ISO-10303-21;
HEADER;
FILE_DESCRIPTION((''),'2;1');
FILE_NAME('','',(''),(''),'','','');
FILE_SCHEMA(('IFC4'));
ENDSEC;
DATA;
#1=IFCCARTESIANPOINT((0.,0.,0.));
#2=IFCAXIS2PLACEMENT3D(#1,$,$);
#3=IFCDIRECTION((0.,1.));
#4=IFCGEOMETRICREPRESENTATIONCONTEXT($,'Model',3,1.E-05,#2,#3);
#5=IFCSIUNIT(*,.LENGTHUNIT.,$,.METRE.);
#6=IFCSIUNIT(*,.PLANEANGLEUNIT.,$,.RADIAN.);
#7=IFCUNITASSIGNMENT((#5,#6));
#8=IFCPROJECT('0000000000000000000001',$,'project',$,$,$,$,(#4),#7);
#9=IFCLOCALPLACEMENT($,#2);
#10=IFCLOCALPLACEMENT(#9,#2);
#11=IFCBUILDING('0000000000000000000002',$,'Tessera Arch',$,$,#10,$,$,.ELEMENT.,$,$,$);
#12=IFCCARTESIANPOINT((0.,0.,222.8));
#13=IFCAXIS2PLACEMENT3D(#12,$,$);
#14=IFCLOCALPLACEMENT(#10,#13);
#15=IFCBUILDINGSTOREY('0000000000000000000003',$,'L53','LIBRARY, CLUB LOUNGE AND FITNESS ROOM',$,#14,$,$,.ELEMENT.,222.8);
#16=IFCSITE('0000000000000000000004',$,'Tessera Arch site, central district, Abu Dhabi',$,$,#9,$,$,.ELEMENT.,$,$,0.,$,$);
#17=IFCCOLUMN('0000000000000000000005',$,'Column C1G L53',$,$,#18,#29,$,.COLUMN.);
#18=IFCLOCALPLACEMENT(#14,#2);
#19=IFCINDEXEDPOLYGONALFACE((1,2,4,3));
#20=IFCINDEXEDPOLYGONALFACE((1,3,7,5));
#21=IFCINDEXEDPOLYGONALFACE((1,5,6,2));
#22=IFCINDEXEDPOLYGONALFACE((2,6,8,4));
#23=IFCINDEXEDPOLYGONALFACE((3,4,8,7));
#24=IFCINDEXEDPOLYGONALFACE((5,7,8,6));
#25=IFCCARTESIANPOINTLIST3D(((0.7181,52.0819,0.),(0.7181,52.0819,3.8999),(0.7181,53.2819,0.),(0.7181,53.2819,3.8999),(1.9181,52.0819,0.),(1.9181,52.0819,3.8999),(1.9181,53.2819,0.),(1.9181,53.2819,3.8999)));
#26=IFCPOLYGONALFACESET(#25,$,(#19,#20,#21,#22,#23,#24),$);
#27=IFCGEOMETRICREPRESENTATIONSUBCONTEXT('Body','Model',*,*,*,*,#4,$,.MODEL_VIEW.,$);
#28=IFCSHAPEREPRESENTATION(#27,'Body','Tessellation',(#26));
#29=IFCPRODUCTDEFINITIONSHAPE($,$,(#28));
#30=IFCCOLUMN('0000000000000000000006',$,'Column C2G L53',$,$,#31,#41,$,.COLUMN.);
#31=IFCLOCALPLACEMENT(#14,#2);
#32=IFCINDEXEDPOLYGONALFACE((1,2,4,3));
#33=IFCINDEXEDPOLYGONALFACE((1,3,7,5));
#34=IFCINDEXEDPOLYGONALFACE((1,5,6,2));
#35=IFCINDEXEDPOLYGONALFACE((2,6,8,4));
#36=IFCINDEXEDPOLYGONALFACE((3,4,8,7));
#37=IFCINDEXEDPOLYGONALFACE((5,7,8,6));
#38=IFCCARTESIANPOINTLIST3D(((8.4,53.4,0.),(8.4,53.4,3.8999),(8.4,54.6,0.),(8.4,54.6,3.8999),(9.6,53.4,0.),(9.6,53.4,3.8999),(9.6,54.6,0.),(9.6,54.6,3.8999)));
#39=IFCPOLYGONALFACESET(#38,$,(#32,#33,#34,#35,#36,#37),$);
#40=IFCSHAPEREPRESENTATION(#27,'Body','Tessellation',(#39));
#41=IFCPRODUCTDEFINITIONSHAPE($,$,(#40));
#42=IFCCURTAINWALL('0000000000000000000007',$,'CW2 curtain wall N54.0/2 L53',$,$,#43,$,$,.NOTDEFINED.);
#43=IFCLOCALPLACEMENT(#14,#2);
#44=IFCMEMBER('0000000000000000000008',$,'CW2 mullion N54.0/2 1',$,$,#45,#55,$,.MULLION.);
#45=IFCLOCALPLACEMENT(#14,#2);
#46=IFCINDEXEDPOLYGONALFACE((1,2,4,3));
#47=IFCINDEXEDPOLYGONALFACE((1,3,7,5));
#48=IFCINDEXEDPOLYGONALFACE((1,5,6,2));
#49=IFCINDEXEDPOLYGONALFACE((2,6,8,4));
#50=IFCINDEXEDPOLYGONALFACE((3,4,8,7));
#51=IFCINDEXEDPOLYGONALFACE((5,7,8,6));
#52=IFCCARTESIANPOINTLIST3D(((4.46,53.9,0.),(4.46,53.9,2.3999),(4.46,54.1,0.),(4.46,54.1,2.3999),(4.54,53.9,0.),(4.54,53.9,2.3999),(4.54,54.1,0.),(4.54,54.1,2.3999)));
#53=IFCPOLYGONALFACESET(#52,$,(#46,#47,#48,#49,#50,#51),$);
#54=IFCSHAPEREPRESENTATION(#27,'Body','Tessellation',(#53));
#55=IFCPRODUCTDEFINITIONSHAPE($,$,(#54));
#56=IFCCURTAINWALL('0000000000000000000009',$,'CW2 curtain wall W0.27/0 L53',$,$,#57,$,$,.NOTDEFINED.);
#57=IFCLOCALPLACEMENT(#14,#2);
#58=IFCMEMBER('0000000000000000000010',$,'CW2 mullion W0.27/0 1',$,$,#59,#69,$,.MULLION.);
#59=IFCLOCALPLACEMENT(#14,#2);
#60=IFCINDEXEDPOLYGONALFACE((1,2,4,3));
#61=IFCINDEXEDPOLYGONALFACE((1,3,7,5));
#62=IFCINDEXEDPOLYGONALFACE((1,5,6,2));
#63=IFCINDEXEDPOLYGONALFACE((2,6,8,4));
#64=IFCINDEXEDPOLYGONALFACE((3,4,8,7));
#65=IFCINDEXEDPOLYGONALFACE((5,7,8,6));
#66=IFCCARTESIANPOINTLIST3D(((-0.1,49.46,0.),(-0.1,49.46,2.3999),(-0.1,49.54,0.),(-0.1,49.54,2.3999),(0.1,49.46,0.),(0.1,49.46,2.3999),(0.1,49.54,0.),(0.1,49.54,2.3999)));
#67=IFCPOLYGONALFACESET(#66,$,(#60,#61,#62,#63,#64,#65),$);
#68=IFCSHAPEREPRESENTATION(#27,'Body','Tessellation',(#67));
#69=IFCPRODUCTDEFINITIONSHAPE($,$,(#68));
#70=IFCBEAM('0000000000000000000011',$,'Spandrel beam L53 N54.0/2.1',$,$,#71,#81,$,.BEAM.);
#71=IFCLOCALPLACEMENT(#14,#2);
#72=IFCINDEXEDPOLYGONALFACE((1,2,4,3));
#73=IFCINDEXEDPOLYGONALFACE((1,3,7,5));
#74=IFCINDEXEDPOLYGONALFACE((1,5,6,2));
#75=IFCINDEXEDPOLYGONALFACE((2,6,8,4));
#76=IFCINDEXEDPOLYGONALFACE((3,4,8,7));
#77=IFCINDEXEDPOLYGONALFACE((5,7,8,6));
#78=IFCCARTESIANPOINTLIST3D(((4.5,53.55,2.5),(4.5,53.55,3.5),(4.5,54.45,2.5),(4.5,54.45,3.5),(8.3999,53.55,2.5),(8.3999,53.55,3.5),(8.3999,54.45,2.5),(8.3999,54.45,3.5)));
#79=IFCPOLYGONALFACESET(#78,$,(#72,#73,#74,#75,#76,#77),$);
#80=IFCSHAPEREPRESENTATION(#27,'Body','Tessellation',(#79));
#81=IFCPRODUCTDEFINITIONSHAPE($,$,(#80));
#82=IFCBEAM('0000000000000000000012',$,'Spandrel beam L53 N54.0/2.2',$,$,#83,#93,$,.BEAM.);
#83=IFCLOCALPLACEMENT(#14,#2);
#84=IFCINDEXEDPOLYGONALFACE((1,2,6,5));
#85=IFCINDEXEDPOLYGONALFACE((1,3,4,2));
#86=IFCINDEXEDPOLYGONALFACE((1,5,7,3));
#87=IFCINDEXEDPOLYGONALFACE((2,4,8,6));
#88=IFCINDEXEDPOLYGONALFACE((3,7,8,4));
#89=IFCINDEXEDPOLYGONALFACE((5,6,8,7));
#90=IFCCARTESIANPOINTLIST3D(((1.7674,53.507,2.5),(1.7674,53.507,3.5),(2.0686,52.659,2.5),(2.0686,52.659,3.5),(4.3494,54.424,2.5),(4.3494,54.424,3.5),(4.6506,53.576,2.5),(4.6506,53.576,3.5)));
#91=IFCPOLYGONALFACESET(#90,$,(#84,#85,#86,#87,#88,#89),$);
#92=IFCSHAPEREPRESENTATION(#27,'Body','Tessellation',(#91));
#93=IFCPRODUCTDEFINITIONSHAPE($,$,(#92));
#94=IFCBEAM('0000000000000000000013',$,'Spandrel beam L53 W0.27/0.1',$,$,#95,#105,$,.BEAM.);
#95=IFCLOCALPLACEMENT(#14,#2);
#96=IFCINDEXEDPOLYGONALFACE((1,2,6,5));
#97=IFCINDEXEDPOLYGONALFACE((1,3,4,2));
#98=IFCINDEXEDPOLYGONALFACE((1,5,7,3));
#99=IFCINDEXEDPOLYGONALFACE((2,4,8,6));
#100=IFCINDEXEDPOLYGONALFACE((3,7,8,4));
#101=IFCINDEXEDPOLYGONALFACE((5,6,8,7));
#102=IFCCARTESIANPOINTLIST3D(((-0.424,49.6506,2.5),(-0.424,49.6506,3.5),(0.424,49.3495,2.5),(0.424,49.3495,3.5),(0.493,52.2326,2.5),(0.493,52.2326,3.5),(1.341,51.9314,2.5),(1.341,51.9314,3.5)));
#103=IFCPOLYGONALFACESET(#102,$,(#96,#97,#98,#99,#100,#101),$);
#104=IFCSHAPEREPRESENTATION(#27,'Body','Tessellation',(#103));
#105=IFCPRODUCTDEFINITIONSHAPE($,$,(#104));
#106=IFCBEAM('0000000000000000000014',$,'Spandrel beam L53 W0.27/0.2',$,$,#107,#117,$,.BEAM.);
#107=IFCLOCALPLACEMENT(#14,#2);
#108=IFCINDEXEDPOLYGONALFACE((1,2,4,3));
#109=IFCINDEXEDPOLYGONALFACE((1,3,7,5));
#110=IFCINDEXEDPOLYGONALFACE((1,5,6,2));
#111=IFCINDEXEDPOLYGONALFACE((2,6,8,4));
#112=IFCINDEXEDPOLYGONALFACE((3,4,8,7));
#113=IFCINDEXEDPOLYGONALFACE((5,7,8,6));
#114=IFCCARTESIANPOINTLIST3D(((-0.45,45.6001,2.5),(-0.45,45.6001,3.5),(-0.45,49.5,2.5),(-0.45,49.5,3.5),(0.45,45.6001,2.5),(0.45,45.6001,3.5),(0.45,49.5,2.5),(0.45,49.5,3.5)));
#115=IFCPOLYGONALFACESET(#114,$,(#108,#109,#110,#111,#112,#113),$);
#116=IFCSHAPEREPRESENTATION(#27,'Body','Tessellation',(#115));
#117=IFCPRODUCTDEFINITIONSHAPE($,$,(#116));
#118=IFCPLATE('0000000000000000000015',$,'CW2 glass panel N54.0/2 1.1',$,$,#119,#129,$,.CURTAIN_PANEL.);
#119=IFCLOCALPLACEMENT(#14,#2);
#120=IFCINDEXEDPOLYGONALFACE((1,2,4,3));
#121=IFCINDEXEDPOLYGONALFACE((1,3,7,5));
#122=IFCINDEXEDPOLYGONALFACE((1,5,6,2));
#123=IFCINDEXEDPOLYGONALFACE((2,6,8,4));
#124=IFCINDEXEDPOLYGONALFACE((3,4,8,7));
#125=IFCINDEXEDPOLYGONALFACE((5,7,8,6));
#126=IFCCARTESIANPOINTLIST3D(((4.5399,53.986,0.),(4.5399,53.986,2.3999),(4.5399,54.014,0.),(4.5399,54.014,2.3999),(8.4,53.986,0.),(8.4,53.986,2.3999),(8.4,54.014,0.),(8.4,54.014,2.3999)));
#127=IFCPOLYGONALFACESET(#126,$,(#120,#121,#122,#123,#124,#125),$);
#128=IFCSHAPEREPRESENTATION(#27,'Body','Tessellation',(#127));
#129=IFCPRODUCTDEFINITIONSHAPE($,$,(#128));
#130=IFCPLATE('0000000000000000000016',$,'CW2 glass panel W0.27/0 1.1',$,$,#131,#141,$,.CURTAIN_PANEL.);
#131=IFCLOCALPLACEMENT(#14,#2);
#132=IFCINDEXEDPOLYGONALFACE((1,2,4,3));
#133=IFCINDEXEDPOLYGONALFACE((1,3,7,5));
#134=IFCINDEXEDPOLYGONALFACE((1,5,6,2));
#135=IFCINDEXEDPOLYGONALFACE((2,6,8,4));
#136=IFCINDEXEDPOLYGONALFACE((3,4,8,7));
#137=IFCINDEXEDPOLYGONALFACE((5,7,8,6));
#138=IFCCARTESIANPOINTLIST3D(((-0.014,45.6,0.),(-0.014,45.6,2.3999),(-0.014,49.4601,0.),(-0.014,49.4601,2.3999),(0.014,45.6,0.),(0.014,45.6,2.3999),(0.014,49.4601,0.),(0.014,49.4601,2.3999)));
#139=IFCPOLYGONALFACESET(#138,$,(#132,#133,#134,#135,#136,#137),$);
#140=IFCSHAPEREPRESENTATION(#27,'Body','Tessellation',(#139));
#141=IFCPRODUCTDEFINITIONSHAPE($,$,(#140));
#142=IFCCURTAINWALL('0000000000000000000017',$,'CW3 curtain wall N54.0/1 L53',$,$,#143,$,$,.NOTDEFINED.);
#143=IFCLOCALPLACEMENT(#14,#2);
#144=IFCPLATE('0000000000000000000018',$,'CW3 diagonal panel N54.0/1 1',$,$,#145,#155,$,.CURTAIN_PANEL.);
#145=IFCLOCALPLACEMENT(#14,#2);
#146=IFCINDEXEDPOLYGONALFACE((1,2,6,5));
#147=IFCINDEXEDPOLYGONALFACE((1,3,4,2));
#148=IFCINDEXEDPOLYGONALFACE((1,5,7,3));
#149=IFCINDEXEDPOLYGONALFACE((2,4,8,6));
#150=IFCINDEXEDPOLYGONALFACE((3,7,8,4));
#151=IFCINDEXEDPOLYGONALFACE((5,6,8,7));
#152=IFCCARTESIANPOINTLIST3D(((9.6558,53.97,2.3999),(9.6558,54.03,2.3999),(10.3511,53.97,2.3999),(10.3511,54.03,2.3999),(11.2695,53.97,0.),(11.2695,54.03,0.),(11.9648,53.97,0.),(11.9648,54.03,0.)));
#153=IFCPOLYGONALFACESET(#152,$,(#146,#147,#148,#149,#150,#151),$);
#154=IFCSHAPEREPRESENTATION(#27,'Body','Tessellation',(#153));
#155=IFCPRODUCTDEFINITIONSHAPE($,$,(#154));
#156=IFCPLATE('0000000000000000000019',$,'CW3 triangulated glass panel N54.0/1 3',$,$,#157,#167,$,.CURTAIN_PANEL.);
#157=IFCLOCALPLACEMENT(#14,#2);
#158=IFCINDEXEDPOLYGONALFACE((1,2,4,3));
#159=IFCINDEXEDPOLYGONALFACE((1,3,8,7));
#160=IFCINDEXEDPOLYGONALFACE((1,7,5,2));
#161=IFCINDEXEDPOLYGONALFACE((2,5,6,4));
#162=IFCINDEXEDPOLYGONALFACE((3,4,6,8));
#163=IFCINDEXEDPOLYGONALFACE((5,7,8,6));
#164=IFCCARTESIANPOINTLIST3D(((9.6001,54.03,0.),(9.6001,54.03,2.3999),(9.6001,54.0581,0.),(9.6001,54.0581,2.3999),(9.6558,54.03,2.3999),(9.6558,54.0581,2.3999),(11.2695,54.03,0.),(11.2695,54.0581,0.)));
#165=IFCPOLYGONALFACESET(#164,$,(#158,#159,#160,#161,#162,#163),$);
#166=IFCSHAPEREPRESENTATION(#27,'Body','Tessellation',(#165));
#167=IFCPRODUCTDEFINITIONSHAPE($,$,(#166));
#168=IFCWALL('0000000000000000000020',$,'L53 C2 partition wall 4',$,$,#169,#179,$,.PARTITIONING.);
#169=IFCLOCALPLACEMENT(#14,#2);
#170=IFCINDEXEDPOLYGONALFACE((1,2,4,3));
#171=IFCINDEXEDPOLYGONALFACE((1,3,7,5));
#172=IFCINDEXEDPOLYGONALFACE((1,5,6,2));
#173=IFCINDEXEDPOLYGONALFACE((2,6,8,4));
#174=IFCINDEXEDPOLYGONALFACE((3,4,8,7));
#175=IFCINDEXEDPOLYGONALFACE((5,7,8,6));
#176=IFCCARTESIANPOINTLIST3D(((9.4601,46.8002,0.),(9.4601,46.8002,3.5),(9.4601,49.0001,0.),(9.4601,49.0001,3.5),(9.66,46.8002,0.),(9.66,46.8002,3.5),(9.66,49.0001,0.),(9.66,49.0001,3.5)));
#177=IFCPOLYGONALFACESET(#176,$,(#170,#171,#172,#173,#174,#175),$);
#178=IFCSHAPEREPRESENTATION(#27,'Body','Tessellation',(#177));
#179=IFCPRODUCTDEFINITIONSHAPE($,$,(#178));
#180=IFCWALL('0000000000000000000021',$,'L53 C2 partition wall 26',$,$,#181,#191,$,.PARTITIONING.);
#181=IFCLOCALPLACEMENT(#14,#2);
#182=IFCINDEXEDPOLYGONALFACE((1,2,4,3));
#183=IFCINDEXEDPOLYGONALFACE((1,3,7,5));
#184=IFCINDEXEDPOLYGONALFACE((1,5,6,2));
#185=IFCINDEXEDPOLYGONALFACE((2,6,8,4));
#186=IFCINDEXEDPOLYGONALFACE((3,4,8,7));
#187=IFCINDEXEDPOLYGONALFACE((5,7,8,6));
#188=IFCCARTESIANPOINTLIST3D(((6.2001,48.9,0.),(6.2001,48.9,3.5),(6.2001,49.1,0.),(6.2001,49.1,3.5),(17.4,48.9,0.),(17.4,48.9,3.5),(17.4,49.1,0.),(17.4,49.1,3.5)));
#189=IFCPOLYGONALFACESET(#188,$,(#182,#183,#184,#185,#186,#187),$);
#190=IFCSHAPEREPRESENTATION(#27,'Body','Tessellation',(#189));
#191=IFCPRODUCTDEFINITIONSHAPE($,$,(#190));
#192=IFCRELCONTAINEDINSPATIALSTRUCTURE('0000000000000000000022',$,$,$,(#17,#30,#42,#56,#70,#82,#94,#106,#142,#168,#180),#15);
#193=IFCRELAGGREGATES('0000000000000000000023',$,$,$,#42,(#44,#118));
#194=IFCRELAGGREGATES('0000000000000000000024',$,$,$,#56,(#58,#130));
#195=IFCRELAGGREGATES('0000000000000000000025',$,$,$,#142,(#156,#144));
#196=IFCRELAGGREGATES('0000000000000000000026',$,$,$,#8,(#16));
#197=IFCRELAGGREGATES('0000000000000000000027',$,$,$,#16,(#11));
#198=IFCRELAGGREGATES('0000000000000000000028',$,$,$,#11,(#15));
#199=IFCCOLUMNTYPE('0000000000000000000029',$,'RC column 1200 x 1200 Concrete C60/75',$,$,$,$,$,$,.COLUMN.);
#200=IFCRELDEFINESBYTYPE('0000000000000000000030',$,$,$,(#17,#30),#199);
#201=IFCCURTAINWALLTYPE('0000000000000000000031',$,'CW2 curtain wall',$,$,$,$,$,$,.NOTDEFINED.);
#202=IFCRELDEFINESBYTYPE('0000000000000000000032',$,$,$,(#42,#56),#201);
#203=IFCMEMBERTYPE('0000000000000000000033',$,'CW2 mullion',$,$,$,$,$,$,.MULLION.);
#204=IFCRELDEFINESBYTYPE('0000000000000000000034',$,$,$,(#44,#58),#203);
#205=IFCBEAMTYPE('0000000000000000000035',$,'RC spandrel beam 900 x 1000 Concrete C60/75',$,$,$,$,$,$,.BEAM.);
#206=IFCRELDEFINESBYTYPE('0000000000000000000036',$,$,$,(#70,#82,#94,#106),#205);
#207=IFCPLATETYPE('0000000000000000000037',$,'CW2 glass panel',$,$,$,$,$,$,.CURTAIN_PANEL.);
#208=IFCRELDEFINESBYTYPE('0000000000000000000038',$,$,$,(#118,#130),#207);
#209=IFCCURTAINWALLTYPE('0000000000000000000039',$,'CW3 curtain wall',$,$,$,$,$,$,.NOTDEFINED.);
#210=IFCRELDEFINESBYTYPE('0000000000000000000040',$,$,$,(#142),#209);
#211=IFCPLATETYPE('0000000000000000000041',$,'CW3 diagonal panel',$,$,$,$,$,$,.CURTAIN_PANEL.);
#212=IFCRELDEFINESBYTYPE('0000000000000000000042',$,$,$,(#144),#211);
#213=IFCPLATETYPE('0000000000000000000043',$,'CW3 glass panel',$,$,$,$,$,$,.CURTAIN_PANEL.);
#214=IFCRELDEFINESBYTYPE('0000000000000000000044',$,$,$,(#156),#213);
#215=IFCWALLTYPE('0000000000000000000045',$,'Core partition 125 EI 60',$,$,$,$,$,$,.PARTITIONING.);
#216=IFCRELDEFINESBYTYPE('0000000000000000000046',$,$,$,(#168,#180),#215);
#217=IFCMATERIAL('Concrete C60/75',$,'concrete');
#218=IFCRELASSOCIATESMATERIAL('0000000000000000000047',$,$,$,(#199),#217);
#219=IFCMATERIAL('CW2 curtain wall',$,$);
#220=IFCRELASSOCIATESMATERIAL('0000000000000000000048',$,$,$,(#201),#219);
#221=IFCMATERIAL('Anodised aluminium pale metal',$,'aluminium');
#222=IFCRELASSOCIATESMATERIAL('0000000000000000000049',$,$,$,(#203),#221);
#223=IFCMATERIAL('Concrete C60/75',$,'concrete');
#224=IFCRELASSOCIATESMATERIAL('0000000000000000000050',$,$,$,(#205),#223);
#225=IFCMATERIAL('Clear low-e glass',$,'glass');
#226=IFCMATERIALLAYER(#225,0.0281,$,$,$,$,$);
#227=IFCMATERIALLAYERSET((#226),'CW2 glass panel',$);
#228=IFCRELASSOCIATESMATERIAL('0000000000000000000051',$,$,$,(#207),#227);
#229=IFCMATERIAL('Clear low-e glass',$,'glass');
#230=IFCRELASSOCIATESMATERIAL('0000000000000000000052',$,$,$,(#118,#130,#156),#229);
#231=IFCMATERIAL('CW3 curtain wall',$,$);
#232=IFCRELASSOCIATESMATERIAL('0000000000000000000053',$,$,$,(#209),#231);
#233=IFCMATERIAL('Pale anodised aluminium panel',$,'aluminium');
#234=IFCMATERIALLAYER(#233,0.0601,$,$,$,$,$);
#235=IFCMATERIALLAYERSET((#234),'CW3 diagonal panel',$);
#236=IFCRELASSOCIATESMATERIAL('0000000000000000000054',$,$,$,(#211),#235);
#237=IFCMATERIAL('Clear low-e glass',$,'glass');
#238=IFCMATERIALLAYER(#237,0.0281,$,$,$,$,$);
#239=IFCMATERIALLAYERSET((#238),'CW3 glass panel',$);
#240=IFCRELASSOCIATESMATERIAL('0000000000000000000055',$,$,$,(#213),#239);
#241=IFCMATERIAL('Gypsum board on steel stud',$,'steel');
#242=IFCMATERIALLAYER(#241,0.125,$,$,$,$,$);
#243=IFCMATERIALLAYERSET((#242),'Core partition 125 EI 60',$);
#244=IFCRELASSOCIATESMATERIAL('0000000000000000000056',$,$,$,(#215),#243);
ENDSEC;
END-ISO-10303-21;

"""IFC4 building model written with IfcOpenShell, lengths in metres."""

from ifc_helpers import new_model, si_unit, direction, frame, frame_2d, origin, origin_2d, place, context, subcontext, project, spatial, polyline, rectangle, outline, extrude, material, layer, layer_set, material_profile, profile_set, type_object, element, aggregate, save


model = new_model("IFC4")

# Units and contexts
model_context = context("Model", 3, precision=1e-05, world=origin(), true_north=direction((0.0, 1.0)))
body_context = subcontext(model_context, "Body", "Model", "MODEL_VIEW")
ifc_project = project(units=[si_unit("LENGTHUNIT", "METRE"), si_unit("PLANEANGLEUNIT", "RADIAN")], contexts=[model_context])

# Site, building, storey
site_placement = place(None, origin())
site = spatial("IfcSite", under=ifc_project, at=site_placement, Name="Tessera Arch site, central district, Abu Dhabi", CompositionType="ELEMENT", RefElevation=0.0)
building_placement = place(site_placement, origin())
building = spatial("IfcBuilding", under=site, at=building_placement, Name="Tessera Arch", CompositionType="ELEMENT")
storey_placement = place(building_placement, frame((0.0, 0.0, 222.8)))
storey = spatial("IfcBuildingStorey", under=building, at=storey_placement, Name="L53", Description="LIBRARY, CLUB LOUNGE AND FITNESS ROOM", CompositionType="ELEMENT", Elevation=222.8)

# Columns
ifc_material_1 = material(Name="Concrete C60/75", Category="concrete")
ifc_material_profile_1 = material_profile(ifc_material_1, rectangle(XDim=1.2, YDim=1.2, at=origin_2d()), Name="RC column 1200 x 1200 Concrete C60/75")
ifc_profile_set_1 = profile_set([ifc_material_profile_1], Name="Concrete C60/75")
column_type = type_object("IfcColumnType", Name="RC column 1200 x 1200 Concrete C60/75", PredefinedType="COLUMN", material=ifc_profile_set_1)
for number, where, z_axis, x_axis, name in (
    (1, (1.3181, 52.6819, 0.0), (0.0, 0.0, 1.0), (1.0, 0.0, 0.0), "Column C1G L53"),
    (2, (9.0, 54.0, 0.0), (0.0, 0.0, 1.0), (1.0, 0.0, 0.0), "Column C2G L53"),
):
    element("IfcColumn", number, at=place(storey_placement, frame(where, z_axis=z_axis, x_axis=x_axis)), inside=storey, type_object=column_type, Name=name, PredefinedType="COLUMN", context=body_context, shape_type="SweptSolid", body=[
        extrude(rectangle(XDim=1.2, YDim=1.2, at=origin_2d()), origin(), (0.0, 0.0, 1.0), 3.8999),
    ])

# Curtain walls, members
ifc_material_2 = material(Name="CW2 curtain wall")
curtain_wall_type_1 = type_object("IfcCurtainWallType", Name="CW2 curtain wall", PredefinedType="NOTDEFINED", material=ifc_material_2)
curtain_wall_1_placement = place(storey_placement, origin())
curtain_wall_1 = element("IfcCurtainWall", 3, at=curtain_wall_1_placement, inside=storey, type_object=curtain_wall_type_1, Name="CW2 curtain wall N54.0/2 L53", PredefinedType="NOTDEFINED")
ifc_material_3 = material(Name="Anodised aluminium pale metal", Category="aluminium")
ifc_material_profile_2 = material_profile(ifc_material_3, rectangle(XDim=0.2, YDim=0.0801, at=origin_2d()), Name="AL 80x200")
ifc_profile_set_2 = profile_set([ifc_material_profile_2], Name="Anodised aluminium pale metal")
member_type = type_object("IfcMemberType", Name="CW2 mullion", PredefinedType="MULLION", material=ifc_profile_set_2)
member_1_placement = place(storey_placement, frame((4.5, 54.0, 0.0), z_axis=(0.0, 0.0, 1.0), x_axis=(0.0, -1.0, 0.0)))
member_1 = element("IfcMember", 4, at=member_1_placement, type_object=member_type, Name="CW2 mullion N54.0/2 1", PredefinedType="MULLION", context=body_context, shape_type="SweptSolid", body=[
    extrude(rectangle(XDim=0.2, YDim=0.0801, at=origin_2d()), origin(), (0.0, 0.0, 1.0), 2.3999),
])
curtain_wall_2_placement = place(storey_placement, origin())
curtain_wall_2 = element("IfcCurtainWall", 5, at=curtain_wall_2_placement, inside=storey, type_object=curtain_wall_type_1, Name="CW2 curtain wall W0.27/0 L53", PredefinedType="NOTDEFINED")
member_2_placement = place(storey_placement, frame((0.0, 49.5, 0.0), z_axis=(0.0, 0.0, 1.0), x_axis=(1.0, 0.0, 0.0)))
member_2 = element("IfcMember", 6, at=member_2_placement, type_object=member_type, Name="CW2 mullion W0.27/0 1", PredefinedType="MULLION", context=body_context, shape_type="SweptSolid", body=[
    extrude(rectangle(XDim=0.2, YDim=0.0801, at=origin_2d()), origin(), (0.0, 0.0, 1.0), 2.3999),
])

# Beams
ifc_material_4 = material(Name="Concrete C60/75", Category="concrete")
ifc_material_profile_3 = material_profile(ifc_material_4, rectangle(XDim=0.8999, YDim=1.0, at=origin_2d()), Name="RC spandrel beam 900 x 1000 Concrete C60/75")
ifc_profile_set_3 = profile_set([ifc_material_profile_3], Name="Concrete C60/75")
beam_type = type_object("IfcBeamType", Name="RC spandrel beam 900 x 1000 Concrete C60/75", PredefinedType="BEAM", material=ifc_profile_set_3)
beam_1_placement = place(storey_placement, frame((8.3999, 54.0, 3.0), z_axis=(-1.0, 0.0, 0.0), x_axis=(0.0, -1.0, 0.0)))
element("IfcBeam", 7, at=beam_1_placement, inside=storey, type_object=beam_type, Name="Spandrel beam L53 N54.0/2.1", PredefinedType="BEAM", context=body_context, shape_type="SweptSolid", body=[
    extrude(rectangle(XDim=0.8999, YDim=1.0, at=origin_2d()), origin(), (0.0, 0.0, 1.0), 3.8999),
])
for number, where, z_axis, x_axis, name in (
    (8, (4.5, 54.0, 3.0), (-0.942337, -0.334665, 0.0), (0.334665, -0.942337, 0.0), "Spandrel beam L53 N54.0/2.2"),
    (9, (0.917, 52.082, 3.0), (-0.334665, -0.942337, 0.0), (0.942337, -0.334665, 0.0), "Spandrel beam L53 W0.27/0.1"),
):
    element("IfcBeam", number, at=place(storey_placement, frame(where, z_axis=z_axis, x_axis=x_axis)), inside=storey, type_object=beam_type, Name=name, PredefinedType="BEAM", context=body_context, shape_type="SweptSolid", body=[
        extrude(rectangle(XDim=0.8999, YDim=1.0, at=origin_2d()), origin(), (0.0, 0.0, 1.0), 2.74),
    ])
beam_2_placement = place(storey_placement, frame((0.0, 49.5, 3.0), z_axis=(0.0, -1.0, 0.0), x_axis=(1.0, 0.0, 0.0)))
element("IfcBeam", 10, at=beam_2_placement, inside=storey, type_object=beam_type, Name="Spandrel beam L53 W0.27/0.2", PredefinedType="BEAM", context=body_context, shape_type="SweptSolid", body=[
    extrude(rectangle(XDim=0.8999, YDim=1.0, at=origin_2d()), origin(), (0.0, 0.0, 1.0), 3.8999),
])

# Plates
ifc_material_5 = material(Name="Clear low-e glass", Category="glass")
ifc_material_6 = material(Name="Clear low-e glass", Category="glass")
ifc_layer_1 = layer(ifc_material_6, 0.0281)
ifc_layer_set_1 = layer_set([ifc_layer_1], Name="CW2 glass panel")
plate_type_1 = type_object("IfcPlateType", Name="CW2 glass panel", PredefinedType="CURTAIN_PANEL", material=ifc_layer_set_1)
plate_1_placement = place(storey_placement, frame((6.47, 54.0, 0.0), z_axis=(0.0, 0.0, 1.0), x_axis=(-1.0, 0.0, 0.0)))
plate_1 = element("IfcPlate", 11, at=plate_1_placement, type_object=plate_type_1, material=ifc_material_5, Name="CW2 glass panel N54.0/2 1.1", PredefinedType="CURTAIN_PANEL", context=body_context, shape_type="SweptSolid", body=[
    extrude(rectangle(XDim=3.8601, YDim=0.0281, at=origin_2d()), origin(), (0.0, 0.0, 1.0), 2.3999),
])
aggregate(curtain_wall_1, [member_1, plate_1])
plate_2_placement = place(storey_placement, frame((0.0, 47.53, 0.0), z_axis=(0.0, 0.0, 1.0), x_axis=(0.0, -1.0, 0.0)))
plate_2 = element("IfcPlate", 12, at=plate_2_placement, type_object=plate_type_1, material=ifc_material_5, Name="CW2 glass panel W0.27/0 1.1", PredefinedType="CURTAIN_PANEL", context=body_context, shape_type="SweptSolid", body=[
    extrude(rectangle(XDim=3.8601, YDim=0.0281, at=origin_2d()), origin(), (0.0, 0.0, 1.0), 2.3999),
])
aggregate(curtain_wall_2, [member_2, plate_2])

# Curtain wall, plates
ifc_material_7 = material(Name="CW3 curtain wall")
curtain_wall_type_2 = type_object("IfcCurtainWallType", Name="CW3 curtain wall", PredefinedType="NOTDEFINED", material=ifc_material_7)
curtain_wall_3_placement = place(storey_placement, origin())
curtain_wall_3 = element("IfcCurtainWall", 13, at=curtain_wall_3_placement, inside=storey, type_object=curtain_wall_type_2, Name="CW3 curtain wall N54.0/1 L53", PredefinedType="NOTDEFINED")
ifc_material_8 = material(Name="Pale anodised aluminium panel", Category="aluminium")
ifc_layer_2 = layer(ifc_material_8, 0.0601)
ifc_layer_set_2 = layer_set([ifc_layer_2], Name="CW3 diagonal panel")
plate_type_2 = type_object("IfcPlateType", Name="CW3 diagonal panel", PredefinedType="CURTAIN_PANEL", material=ifc_layer_set_2)
plate_3_placement = place(storey_placement, frame((9.6558, 54.03, 2.3999), z_axis=(0.0, 1.0, 0.0), x_axis=(1.0, 0.0, 0.0)))
plate_3 = element("IfcPlate", 14, at=plate_3_placement, type_object=plate_type_2, Name="CW3 diagonal panel N54.0/1 1", PredefinedType="CURTAIN_PANEL", context=body_context, shape_type="SweptSolid", body=[
    extrude(outline(polyline([(0.0, 0.0), (0.6953, 0.0), (2.3091, 2.3999), (1.6138, 2.3999), (0.0, 0.0)])), origin(), (0.0, 0.0, -1.0), 0.0601),
])
ifc_material_9 = material(Name="Clear low-e glass", Category="glass")
ifc_layer_3 = layer(ifc_material_9, 0.0281)
ifc_layer_set_3 = layer_set([ifc_layer_3], Name="CW3 glass panel")
plate_type_3 = type_object("IfcPlateType", Name="CW3 glass panel", PredefinedType="CURTAIN_PANEL", material=ifc_layer_set_3)
plate_4_placement = place(storey_placement, frame((9.6001, 54.0581, 2.3999), z_axis=(0.0, 1.0, 0.0), x_axis=(1.0, 0.0, 0.0)))
plate_4 = element("IfcPlate", 15, at=plate_4_placement, type_object=plate_type_3, material=ifc_material_5, Name="CW3 triangulated glass panel N54.0/1 3", PredefinedType="CURTAIN_PANEL", context=body_context, shape_type="SweptSolid", body=[
    extrude(outline(polyline([(0.0, 0.0), (0.0557, 0.0), (1.6694, 2.3999), (0.0, 2.3999), (0.0, 0.0)])), origin(), (0.0, 0.0, -1.0), 0.0281),
])
aggregate(curtain_wall_3, [plate_4, plate_3])

# Walls
ifc_material_10 = material(Name="Gypsum board on steel stud", Category="steel")
ifc_layer_4 = layer(ifc_material_10, 0.125)
ifc_layer_set_4 = layer_set([ifc_layer_4], Name="Core partition 125 EI 60")
wall_type_1 = type_object("IfcWallType", Name="Core partition 125 EI 60", PredefinedType="PARTITIONING", material=ifc_layer_set_4)
wall_1_placement = place(storey_placement, frame((9.5601, 46.8, 0.0), z_axis=(0.0, 0.0, 1.0), x_axis=(0.0, 1.0, 0.0)))
element("IfcWall", 16, at=wall_1_placement, inside=storey, type_object=wall_type_1, Name="L53 C2 partition wall 4", PredefinedType="PARTITIONING", context=body_context, shape_type="SweptSolid", body=[
    extrude(rectangle(XDim=2.2, YDim=0.2, at=frame_2d((1.1001, 0.0))), origin(), (0.0, 0.0, 1.0), 3.5),
])
wall_2_placement = place(storey_placement, frame((6.2, 49.0, 0.0), z_axis=(0.0, 0.0, 1.0), x_axis=(1.0, 0.0, 0.0)))
element("IfcWall", 17, at=wall_2_placement, inside=storey, type_object=wall_type_1, Name="L53 C2 partition wall 26", PredefinedType="PARTITIONING", context=body_context, shape_type="SweptSolid", body=[
    extrude(rectangle(XDim=11.2, YDim=0.2, at=frame_2d((5.6001, 0.0))), origin(), (0.0, 0.0, 1.0), 3.5),
])

save(model, "model.ifc")
